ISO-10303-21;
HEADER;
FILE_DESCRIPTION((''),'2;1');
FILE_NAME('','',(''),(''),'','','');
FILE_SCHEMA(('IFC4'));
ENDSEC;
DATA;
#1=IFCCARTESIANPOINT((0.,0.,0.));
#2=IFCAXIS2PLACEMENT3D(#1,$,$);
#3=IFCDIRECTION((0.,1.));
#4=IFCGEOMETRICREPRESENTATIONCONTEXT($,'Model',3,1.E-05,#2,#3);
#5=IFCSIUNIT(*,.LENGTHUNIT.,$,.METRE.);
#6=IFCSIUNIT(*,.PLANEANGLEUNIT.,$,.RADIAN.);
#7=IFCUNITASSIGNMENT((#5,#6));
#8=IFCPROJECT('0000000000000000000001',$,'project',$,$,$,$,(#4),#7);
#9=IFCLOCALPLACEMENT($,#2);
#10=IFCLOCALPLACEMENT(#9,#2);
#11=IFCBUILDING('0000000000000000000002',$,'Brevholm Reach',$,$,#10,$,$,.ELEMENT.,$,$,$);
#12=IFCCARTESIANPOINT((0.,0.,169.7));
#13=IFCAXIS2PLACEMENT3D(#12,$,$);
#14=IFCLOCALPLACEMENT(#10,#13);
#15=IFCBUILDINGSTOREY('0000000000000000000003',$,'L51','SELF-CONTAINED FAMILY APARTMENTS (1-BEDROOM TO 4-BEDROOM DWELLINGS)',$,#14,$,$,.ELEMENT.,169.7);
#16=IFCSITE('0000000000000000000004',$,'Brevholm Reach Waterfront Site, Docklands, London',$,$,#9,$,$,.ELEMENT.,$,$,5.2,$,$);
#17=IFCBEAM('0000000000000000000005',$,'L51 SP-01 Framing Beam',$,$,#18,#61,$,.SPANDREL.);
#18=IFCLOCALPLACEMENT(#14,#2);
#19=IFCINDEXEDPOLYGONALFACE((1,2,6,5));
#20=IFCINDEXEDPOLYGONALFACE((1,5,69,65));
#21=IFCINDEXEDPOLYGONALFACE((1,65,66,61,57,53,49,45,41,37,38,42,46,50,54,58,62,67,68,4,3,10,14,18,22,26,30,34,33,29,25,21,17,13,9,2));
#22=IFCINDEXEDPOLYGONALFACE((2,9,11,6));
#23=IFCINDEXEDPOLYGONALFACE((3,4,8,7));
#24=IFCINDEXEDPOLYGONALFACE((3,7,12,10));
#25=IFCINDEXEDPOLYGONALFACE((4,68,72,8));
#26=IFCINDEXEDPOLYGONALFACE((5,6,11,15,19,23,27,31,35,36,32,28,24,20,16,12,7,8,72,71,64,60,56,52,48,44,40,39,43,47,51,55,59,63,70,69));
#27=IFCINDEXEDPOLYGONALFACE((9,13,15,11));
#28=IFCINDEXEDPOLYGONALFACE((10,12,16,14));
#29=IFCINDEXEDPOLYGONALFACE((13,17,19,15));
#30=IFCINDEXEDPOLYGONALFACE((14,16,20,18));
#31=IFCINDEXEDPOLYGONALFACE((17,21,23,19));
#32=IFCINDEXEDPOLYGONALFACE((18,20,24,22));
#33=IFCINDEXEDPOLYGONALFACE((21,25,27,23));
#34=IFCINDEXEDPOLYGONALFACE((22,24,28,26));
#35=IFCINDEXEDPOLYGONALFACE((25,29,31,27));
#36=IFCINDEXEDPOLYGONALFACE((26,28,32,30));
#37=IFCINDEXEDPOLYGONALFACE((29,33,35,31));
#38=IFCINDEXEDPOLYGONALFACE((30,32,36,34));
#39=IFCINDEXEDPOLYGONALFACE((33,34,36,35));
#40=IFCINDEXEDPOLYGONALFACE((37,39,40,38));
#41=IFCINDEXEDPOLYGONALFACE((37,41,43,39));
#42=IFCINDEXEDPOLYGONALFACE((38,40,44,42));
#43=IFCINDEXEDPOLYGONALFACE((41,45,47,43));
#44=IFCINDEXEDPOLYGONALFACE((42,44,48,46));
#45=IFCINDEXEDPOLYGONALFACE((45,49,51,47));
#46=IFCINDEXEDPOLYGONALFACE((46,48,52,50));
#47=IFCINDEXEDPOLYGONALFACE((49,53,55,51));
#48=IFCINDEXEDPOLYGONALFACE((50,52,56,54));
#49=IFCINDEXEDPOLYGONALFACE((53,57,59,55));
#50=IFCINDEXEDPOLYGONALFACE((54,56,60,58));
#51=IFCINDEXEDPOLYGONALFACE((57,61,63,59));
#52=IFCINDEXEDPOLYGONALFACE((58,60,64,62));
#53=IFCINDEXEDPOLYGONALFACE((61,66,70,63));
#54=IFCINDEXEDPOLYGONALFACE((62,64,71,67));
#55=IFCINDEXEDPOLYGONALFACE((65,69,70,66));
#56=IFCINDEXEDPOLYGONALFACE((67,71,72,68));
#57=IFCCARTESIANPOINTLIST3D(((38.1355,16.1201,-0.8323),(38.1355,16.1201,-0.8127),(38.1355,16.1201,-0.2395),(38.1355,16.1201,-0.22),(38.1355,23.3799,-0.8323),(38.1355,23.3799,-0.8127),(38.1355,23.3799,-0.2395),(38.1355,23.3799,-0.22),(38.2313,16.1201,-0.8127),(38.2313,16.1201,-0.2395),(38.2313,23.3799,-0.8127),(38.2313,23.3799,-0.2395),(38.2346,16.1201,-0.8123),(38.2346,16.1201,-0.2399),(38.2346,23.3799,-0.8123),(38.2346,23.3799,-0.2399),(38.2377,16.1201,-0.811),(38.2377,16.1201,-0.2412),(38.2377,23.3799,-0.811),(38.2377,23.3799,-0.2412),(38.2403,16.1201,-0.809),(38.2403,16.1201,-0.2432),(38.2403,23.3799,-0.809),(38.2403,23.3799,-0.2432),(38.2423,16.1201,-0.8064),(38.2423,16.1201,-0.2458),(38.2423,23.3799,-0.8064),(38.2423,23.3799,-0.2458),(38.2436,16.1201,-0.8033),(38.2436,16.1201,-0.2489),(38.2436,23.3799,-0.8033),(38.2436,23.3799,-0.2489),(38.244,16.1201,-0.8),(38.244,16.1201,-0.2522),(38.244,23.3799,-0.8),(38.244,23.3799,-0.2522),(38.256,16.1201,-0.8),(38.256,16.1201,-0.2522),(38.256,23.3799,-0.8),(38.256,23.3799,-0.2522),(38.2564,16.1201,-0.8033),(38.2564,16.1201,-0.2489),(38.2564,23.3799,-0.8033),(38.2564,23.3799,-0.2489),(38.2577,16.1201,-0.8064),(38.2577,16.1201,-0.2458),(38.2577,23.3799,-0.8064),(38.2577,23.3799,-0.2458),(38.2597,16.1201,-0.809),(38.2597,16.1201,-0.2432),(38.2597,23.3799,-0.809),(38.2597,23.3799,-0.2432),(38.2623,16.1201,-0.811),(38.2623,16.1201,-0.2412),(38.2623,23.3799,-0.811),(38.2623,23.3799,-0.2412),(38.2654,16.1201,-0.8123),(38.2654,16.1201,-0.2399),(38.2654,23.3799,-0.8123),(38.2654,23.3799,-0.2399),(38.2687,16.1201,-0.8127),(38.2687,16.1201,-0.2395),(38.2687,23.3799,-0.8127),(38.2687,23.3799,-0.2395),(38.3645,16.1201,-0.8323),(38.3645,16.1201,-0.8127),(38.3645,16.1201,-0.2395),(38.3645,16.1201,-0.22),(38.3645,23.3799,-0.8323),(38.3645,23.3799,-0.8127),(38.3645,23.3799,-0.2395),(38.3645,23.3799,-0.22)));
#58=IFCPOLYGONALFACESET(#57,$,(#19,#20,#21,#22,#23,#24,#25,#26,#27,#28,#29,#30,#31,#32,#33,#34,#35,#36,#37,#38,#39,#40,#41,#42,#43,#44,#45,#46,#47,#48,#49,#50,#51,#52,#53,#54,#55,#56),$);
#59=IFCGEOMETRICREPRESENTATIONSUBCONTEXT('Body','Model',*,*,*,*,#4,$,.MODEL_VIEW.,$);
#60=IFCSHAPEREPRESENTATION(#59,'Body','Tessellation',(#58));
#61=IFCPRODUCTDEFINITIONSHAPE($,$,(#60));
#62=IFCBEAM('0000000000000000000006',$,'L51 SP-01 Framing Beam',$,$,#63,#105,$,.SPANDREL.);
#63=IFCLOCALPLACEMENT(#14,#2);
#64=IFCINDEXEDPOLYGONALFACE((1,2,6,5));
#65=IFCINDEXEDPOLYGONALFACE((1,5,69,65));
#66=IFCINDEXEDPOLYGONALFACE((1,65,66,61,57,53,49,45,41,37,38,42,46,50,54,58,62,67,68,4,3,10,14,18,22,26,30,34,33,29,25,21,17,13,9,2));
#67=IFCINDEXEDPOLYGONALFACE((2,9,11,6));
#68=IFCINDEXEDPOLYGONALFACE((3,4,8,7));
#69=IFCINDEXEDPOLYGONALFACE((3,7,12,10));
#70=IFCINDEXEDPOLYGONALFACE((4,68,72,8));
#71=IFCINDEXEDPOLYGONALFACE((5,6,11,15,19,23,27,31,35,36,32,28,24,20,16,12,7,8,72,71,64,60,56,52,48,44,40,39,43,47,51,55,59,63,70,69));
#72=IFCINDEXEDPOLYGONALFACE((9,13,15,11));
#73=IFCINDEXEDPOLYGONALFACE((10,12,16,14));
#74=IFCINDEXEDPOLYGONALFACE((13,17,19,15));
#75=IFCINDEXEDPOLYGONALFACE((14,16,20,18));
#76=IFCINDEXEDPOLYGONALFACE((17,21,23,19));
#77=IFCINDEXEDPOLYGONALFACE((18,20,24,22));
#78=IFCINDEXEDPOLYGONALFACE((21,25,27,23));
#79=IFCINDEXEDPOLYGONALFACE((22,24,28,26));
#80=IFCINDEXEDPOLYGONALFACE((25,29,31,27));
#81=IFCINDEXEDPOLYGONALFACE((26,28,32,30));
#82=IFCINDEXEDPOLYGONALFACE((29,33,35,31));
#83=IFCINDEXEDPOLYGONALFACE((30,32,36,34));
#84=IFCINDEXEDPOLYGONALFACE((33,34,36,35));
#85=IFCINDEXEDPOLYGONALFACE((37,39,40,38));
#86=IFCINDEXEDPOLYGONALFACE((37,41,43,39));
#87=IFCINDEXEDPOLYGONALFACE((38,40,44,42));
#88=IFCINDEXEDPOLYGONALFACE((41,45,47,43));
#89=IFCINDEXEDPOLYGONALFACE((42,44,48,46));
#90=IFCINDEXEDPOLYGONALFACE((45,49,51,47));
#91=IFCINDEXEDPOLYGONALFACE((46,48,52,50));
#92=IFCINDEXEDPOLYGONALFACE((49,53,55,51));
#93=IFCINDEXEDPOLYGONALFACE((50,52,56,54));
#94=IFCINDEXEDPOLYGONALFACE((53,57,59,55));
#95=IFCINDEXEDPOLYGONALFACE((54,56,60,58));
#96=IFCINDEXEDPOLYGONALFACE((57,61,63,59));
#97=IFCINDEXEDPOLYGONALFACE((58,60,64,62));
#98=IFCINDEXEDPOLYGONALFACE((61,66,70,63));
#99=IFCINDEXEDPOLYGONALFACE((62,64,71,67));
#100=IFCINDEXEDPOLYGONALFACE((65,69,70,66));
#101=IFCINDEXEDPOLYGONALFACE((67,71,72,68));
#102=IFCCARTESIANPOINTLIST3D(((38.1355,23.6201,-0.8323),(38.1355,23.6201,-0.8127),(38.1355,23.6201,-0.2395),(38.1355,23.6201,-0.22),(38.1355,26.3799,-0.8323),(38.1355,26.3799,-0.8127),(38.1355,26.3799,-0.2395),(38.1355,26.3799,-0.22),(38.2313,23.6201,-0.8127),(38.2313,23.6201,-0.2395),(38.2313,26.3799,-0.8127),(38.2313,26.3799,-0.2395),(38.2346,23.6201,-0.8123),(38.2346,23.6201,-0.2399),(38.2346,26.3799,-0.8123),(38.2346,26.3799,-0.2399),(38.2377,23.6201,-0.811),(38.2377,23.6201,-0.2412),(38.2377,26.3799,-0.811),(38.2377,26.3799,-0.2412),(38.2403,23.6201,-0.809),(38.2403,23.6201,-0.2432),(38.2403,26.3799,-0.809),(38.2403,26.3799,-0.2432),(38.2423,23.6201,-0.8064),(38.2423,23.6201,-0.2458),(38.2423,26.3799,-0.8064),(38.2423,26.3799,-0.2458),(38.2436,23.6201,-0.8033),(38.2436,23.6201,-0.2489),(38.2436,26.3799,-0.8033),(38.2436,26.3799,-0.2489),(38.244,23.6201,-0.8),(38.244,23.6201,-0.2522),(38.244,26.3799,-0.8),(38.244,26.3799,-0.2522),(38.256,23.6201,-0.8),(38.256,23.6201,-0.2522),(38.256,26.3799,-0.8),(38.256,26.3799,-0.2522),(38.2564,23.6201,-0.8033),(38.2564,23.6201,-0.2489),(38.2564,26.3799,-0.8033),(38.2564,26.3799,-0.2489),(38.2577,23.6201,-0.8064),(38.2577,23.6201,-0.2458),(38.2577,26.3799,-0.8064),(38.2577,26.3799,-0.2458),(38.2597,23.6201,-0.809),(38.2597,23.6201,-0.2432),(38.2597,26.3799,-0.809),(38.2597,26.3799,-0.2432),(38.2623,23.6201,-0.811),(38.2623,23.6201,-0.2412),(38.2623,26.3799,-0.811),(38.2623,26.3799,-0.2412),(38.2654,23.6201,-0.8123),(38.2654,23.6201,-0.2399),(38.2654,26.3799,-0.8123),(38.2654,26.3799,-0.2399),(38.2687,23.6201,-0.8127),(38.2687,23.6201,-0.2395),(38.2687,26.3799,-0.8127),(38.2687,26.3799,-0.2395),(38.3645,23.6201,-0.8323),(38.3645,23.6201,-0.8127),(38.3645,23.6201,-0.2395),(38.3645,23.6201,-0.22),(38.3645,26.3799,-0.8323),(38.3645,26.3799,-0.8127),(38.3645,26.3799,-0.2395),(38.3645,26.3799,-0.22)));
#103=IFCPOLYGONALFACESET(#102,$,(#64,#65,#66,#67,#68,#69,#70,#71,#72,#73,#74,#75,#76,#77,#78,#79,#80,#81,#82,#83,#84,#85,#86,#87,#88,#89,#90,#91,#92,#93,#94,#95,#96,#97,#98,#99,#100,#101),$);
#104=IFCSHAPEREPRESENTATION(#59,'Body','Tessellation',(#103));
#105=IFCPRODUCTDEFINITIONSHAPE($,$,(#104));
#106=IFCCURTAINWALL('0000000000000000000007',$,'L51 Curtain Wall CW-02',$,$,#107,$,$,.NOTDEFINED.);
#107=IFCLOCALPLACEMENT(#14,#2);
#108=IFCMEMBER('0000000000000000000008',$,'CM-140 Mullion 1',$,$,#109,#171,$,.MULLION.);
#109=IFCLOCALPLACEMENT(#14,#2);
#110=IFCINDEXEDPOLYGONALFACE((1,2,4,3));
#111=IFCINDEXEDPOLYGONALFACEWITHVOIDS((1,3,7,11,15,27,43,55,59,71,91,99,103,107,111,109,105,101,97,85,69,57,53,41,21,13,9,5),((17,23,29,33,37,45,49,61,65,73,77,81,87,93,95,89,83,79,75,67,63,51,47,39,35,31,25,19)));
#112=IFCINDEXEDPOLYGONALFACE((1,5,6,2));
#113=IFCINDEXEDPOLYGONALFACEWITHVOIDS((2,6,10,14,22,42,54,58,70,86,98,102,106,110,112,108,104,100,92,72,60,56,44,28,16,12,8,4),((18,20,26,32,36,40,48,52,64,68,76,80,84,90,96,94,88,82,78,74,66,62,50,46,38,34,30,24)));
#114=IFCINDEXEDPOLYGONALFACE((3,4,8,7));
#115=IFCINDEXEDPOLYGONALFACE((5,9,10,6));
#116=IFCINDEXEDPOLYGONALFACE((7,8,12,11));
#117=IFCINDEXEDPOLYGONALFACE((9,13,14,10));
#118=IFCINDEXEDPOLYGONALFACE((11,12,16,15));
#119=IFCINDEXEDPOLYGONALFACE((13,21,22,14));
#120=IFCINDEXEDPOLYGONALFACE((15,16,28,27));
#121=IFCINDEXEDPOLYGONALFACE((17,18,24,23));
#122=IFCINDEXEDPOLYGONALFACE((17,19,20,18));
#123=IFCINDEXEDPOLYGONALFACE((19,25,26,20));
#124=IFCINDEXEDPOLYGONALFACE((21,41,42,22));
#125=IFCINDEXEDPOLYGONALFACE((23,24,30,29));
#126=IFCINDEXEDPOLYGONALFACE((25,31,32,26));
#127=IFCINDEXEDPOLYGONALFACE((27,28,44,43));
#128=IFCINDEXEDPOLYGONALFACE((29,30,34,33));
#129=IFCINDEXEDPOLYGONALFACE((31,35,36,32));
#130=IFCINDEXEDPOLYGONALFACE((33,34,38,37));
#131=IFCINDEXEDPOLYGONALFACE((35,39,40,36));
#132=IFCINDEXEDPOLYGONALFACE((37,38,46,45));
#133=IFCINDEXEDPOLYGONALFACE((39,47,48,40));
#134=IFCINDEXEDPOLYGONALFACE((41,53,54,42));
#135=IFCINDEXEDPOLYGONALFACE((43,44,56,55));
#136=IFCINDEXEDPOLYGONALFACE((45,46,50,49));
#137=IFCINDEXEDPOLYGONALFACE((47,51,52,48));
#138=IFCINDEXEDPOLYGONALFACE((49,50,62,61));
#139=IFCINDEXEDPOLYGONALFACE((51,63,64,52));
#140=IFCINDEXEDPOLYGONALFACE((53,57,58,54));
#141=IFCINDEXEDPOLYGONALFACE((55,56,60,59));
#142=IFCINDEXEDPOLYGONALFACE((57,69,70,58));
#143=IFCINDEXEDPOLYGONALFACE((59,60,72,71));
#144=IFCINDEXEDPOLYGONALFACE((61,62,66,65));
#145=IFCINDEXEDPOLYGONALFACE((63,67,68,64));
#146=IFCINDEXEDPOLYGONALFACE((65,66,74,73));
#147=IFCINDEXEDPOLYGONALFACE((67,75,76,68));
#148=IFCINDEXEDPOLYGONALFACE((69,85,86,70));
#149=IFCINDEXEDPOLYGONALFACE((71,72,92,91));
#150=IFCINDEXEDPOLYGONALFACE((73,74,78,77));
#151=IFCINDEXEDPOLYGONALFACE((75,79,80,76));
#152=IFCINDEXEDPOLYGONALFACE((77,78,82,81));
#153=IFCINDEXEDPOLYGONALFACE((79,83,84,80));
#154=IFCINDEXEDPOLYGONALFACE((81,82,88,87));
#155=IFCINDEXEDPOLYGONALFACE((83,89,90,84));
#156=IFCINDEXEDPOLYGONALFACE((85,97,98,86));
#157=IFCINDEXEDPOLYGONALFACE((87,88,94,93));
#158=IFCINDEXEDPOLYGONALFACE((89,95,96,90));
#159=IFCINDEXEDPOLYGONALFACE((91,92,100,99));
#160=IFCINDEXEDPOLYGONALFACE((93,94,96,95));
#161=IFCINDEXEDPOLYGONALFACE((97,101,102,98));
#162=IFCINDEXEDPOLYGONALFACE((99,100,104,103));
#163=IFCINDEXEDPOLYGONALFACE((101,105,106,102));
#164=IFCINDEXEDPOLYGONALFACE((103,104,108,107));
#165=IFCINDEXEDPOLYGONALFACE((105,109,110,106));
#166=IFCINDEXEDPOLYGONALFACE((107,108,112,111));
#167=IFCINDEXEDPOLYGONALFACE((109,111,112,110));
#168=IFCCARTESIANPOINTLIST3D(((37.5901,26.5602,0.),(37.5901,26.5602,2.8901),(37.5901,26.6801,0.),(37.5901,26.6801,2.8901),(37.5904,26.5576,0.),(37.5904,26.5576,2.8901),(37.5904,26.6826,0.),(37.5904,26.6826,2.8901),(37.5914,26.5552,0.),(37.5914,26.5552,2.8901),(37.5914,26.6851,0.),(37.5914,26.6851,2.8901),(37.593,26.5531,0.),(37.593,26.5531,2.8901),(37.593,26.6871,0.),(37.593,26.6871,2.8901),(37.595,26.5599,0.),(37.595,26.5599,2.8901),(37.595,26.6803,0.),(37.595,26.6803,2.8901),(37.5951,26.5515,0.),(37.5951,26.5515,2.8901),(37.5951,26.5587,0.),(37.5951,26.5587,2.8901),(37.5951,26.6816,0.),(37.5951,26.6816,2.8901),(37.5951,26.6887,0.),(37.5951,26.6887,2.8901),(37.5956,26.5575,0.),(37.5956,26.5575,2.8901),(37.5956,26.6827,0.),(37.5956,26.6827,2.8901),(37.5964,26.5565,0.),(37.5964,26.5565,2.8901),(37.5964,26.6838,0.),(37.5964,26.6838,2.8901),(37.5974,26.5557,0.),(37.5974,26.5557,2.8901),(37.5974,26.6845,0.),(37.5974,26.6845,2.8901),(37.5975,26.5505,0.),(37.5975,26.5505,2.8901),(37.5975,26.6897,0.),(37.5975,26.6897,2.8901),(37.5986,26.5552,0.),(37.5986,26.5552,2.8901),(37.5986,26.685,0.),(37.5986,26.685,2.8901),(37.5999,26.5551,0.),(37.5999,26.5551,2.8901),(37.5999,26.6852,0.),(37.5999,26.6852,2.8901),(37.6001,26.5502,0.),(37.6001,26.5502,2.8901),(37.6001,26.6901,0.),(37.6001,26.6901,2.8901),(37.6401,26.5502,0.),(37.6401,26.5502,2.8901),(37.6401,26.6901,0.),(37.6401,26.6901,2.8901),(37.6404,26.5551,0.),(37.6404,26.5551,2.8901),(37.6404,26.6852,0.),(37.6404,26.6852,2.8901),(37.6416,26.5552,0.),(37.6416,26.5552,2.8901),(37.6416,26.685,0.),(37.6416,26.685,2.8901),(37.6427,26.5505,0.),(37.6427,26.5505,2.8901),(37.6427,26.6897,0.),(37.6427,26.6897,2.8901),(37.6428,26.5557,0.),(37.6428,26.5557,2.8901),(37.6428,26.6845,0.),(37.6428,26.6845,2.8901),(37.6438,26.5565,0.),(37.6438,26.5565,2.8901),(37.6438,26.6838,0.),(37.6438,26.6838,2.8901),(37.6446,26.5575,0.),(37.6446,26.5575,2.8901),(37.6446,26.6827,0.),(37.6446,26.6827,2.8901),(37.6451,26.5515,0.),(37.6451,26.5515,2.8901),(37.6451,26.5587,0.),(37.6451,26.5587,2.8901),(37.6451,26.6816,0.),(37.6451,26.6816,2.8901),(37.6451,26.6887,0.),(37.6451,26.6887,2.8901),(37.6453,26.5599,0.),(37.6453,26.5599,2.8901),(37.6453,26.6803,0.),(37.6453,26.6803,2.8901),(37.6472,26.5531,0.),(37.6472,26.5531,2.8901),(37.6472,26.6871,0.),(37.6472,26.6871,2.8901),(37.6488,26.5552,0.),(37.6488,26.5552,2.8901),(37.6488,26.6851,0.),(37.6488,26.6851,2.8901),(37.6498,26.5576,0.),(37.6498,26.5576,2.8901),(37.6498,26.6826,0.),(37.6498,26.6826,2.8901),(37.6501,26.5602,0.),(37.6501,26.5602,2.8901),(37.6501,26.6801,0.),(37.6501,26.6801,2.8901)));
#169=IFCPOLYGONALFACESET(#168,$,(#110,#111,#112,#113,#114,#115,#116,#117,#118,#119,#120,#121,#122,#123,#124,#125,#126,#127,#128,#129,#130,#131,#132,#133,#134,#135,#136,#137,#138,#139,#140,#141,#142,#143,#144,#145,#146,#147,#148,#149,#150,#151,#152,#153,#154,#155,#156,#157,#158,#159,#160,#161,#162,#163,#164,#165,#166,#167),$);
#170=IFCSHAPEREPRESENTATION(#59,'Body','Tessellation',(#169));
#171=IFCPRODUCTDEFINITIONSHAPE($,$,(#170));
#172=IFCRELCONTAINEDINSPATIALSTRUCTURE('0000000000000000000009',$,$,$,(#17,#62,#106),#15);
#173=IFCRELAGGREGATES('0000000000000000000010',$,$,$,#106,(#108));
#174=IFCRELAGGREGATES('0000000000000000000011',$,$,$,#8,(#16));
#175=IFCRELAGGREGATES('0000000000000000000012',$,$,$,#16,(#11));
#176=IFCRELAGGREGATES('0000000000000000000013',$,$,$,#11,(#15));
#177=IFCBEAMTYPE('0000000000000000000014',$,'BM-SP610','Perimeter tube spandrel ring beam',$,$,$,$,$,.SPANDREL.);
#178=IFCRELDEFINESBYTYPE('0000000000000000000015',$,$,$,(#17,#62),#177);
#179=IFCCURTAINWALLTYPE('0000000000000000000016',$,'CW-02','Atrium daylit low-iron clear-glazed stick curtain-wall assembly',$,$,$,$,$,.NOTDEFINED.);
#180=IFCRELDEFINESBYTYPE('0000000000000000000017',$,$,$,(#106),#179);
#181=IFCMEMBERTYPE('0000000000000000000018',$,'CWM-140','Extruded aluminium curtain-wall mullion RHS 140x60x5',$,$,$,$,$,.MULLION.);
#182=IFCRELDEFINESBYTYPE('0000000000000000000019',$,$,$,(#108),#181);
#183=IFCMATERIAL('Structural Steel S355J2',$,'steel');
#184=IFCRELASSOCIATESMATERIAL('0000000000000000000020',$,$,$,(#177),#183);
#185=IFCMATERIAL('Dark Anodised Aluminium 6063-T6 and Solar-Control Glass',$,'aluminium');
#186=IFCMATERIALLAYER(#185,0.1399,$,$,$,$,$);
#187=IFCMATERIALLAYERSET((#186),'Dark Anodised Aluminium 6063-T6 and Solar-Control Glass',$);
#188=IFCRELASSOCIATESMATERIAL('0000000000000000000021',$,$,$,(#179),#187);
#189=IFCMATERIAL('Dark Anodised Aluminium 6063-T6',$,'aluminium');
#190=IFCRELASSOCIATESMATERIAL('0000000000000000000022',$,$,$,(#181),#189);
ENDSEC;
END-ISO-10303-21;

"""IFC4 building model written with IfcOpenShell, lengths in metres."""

from ifc_helpers import new_model, si_unit, direction, frame, origin, origin_2d, place, context, subcontext, project, spatial, hollow_rectangle, i_section, extrude, material, layer, layer_set, material_profile, profile_set, type_object, element, aggregate, save


model = new_model("IFC4")

# Units and contexts
model_context = context("Model", 3, precision=1e-05, world=origin(), true_north=direction((0.0, 1.0)))
body_context = subcontext(model_context, "Body", "Model", "MODEL_VIEW")
ifc_project = project(units=[si_unit("LENGTHUNIT", "METRE"), si_unit("PLANEANGLEUNIT", "RADIAN")], contexts=[model_context])

# Site, building, storey
site_placement = place(None, origin())
site = spatial("IfcSite", under=ifc_project, at=site_placement, Name="Brevholm Reach Waterfront Site, Docklands, London", CompositionType="ELEMENT", RefElevation=5.2)
building_placement = place(site_placement, origin())
building = spatial("IfcBuilding", under=site, at=building_placement, Name="Brevholm Reach", CompositionType="ELEMENT")
storey_placement = place(building_placement, frame((0.0, 0.0, 169.7)))
storey = spatial("IfcBuildingStorey", under=building, at=storey_placement, Name="L51", Description="SELF-CONTAINED FAMILY APARTMENTS (1-BEDROOM TO 4-BEDROOM DWELLINGS)", CompositionType="ELEMENT", Elevation=169.7)

# Beams
ifc_material_1 = material(Name="Structural Steel S355J2", Category="steel")
ifc_material_profile_1 = material_profile(ifc_material_1, i_section(OverallWidth=0.229, OverallDepth=0.6123, WebThickness=0.012, FlangeThickness=0.0195, FilletRadius=0.0127, at=origin_2d()), Name="UKB 610x229x125")
ifc_profile_set_1 = profile_set([ifc_material_profile_1], Name="Structural Steel S355J2")
beam_type_1 = type_object("IfcBeamType", Name="BM-SP610", Description="Perimeter tube spandrel ring beam", PredefinedType="SPANDREL", material=ifc_profile_set_1)
beam_1_placement = place(storey_placement, frame((38.25, 16.1201, -0.5261), z_axis=(0.0, 1.0, 0.0), x_axis=(-1.0, 0.0, 0.0)))
element("IfcBeam", 1, at=beam_1_placement, inside=storey, type_object=beam_type_1, Name="L51 SP-01 Framing Beam", PredefinedType="SPANDREL", context=body_context, shape_type="SweptSolid", body=[
    extrude(i_section(OverallWidth=0.229, OverallDepth=0.6123, WebThickness=0.012, FlangeThickness=0.0195, FilletRadius=0.0127, at=origin_2d()), origin(), (0.0, 0.0, 1.0), 7.2598),
])
beam_2_placement = place(storey_placement, frame((38.25, 23.6201, -0.5261), z_axis=(0.0, 1.0, 0.0), x_axis=(-1.0, 0.0, 0.0)))
element("IfcBeam", 2, at=beam_2_placement, inside=storey, type_object=beam_type_1, Name="L51 SP-01 Framing Beam", PredefinedType="SPANDREL", context=body_context, shape_type="SweptSolid", body=[
    extrude(i_section(OverallWidth=0.229, OverallDepth=0.6123, WebThickness=0.012, FlangeThickness=0.0195, FilletRadius=0.0127, at=origin_2d()), origin(), (0.0, 0.0, 1.0), 2.7598),
])

# Curtain wall, member
ifc_material_2 = material(Name="Dark Anodised Aluminium 6063-T6 and Solar-Control Glass", Category="aluminium")
ifc_layer_1 = layer(ifc_material_2, 0.1399)
ifc_layer_set_1 = layer_set([ifc_layer_1], Name="Dark Anodised Aluminium 6063-T6 and Solar-Control Glass")
curtain_wall_type_1 = type_object("IfcCurtainWallType", Name="CW-02", Description="Atrium daylit low-iron clear-glazed stick curtain-wall assembly", PredefinedType="NOTDEFINED", material=ifc_layer_set_1)
curtain_wall_1_placement = place(storey_placement, origin())
curtain_wall_1 = element("IfcCurtainWall", 3, at=curtain_wall_1_placement, inside=storey, type_object=curtain_wall_type_1, Name="L51 Curtain Wall CW-02", PredefinedType="NOTDEFINED")
ifc_material_3 = material(Name="Dark Anodised Aluminium 6063-T6", Category="aluminium")
ifc_material_profile_2 = material_profile(ifc_material_3, hollow_rectangle(XDim=0.0601, YDim=0.1399, WallThickness=0.0049, InnerFilletRadius=0.0049, OuterFilletRadius=0.01, at=origin_2d()), Name="RHS 140x60x5")
ifc_profile_set_2 = profile_set([ifc_material_profile_2], Name="Dark Anodised Aluminium 6063-T6")
member_type_1 = type_object("IfcMemberType", Name="CWM-140", Description="Extruded aluminium curtain-wall mullion RHS 140x60x5", PredefinedType="MULLION", material=ifc_profile_set_2)
member_1_placement = place(storey_placement, frame((37.6201, 26.6201, 0.0), z_axis=(0.0, 0.0, 1.0), x_axis=(-1.0, 0.0, 0.0)))
member_1 = element("IfcMember", 4, at=member_1_placement, type_object=member_type_1, Name="CM-140 Mullion 1", PredefinedType="MULLION", context=body_context, shape_type="SweptSolid", body=[
    extrude(hollow_rectangle(XDim=0.0601, YDim=0.1399, WallThickness=0.0049, InnerFilletRadius=0.0049, OuterFilletRadius=0.01, at=origin_2d()), origin(), (0.0, 0.0, 1.0), 2.8901),
])

aggregate(curtain_wall_1, [member_1])

save(model, "model.ifc")
